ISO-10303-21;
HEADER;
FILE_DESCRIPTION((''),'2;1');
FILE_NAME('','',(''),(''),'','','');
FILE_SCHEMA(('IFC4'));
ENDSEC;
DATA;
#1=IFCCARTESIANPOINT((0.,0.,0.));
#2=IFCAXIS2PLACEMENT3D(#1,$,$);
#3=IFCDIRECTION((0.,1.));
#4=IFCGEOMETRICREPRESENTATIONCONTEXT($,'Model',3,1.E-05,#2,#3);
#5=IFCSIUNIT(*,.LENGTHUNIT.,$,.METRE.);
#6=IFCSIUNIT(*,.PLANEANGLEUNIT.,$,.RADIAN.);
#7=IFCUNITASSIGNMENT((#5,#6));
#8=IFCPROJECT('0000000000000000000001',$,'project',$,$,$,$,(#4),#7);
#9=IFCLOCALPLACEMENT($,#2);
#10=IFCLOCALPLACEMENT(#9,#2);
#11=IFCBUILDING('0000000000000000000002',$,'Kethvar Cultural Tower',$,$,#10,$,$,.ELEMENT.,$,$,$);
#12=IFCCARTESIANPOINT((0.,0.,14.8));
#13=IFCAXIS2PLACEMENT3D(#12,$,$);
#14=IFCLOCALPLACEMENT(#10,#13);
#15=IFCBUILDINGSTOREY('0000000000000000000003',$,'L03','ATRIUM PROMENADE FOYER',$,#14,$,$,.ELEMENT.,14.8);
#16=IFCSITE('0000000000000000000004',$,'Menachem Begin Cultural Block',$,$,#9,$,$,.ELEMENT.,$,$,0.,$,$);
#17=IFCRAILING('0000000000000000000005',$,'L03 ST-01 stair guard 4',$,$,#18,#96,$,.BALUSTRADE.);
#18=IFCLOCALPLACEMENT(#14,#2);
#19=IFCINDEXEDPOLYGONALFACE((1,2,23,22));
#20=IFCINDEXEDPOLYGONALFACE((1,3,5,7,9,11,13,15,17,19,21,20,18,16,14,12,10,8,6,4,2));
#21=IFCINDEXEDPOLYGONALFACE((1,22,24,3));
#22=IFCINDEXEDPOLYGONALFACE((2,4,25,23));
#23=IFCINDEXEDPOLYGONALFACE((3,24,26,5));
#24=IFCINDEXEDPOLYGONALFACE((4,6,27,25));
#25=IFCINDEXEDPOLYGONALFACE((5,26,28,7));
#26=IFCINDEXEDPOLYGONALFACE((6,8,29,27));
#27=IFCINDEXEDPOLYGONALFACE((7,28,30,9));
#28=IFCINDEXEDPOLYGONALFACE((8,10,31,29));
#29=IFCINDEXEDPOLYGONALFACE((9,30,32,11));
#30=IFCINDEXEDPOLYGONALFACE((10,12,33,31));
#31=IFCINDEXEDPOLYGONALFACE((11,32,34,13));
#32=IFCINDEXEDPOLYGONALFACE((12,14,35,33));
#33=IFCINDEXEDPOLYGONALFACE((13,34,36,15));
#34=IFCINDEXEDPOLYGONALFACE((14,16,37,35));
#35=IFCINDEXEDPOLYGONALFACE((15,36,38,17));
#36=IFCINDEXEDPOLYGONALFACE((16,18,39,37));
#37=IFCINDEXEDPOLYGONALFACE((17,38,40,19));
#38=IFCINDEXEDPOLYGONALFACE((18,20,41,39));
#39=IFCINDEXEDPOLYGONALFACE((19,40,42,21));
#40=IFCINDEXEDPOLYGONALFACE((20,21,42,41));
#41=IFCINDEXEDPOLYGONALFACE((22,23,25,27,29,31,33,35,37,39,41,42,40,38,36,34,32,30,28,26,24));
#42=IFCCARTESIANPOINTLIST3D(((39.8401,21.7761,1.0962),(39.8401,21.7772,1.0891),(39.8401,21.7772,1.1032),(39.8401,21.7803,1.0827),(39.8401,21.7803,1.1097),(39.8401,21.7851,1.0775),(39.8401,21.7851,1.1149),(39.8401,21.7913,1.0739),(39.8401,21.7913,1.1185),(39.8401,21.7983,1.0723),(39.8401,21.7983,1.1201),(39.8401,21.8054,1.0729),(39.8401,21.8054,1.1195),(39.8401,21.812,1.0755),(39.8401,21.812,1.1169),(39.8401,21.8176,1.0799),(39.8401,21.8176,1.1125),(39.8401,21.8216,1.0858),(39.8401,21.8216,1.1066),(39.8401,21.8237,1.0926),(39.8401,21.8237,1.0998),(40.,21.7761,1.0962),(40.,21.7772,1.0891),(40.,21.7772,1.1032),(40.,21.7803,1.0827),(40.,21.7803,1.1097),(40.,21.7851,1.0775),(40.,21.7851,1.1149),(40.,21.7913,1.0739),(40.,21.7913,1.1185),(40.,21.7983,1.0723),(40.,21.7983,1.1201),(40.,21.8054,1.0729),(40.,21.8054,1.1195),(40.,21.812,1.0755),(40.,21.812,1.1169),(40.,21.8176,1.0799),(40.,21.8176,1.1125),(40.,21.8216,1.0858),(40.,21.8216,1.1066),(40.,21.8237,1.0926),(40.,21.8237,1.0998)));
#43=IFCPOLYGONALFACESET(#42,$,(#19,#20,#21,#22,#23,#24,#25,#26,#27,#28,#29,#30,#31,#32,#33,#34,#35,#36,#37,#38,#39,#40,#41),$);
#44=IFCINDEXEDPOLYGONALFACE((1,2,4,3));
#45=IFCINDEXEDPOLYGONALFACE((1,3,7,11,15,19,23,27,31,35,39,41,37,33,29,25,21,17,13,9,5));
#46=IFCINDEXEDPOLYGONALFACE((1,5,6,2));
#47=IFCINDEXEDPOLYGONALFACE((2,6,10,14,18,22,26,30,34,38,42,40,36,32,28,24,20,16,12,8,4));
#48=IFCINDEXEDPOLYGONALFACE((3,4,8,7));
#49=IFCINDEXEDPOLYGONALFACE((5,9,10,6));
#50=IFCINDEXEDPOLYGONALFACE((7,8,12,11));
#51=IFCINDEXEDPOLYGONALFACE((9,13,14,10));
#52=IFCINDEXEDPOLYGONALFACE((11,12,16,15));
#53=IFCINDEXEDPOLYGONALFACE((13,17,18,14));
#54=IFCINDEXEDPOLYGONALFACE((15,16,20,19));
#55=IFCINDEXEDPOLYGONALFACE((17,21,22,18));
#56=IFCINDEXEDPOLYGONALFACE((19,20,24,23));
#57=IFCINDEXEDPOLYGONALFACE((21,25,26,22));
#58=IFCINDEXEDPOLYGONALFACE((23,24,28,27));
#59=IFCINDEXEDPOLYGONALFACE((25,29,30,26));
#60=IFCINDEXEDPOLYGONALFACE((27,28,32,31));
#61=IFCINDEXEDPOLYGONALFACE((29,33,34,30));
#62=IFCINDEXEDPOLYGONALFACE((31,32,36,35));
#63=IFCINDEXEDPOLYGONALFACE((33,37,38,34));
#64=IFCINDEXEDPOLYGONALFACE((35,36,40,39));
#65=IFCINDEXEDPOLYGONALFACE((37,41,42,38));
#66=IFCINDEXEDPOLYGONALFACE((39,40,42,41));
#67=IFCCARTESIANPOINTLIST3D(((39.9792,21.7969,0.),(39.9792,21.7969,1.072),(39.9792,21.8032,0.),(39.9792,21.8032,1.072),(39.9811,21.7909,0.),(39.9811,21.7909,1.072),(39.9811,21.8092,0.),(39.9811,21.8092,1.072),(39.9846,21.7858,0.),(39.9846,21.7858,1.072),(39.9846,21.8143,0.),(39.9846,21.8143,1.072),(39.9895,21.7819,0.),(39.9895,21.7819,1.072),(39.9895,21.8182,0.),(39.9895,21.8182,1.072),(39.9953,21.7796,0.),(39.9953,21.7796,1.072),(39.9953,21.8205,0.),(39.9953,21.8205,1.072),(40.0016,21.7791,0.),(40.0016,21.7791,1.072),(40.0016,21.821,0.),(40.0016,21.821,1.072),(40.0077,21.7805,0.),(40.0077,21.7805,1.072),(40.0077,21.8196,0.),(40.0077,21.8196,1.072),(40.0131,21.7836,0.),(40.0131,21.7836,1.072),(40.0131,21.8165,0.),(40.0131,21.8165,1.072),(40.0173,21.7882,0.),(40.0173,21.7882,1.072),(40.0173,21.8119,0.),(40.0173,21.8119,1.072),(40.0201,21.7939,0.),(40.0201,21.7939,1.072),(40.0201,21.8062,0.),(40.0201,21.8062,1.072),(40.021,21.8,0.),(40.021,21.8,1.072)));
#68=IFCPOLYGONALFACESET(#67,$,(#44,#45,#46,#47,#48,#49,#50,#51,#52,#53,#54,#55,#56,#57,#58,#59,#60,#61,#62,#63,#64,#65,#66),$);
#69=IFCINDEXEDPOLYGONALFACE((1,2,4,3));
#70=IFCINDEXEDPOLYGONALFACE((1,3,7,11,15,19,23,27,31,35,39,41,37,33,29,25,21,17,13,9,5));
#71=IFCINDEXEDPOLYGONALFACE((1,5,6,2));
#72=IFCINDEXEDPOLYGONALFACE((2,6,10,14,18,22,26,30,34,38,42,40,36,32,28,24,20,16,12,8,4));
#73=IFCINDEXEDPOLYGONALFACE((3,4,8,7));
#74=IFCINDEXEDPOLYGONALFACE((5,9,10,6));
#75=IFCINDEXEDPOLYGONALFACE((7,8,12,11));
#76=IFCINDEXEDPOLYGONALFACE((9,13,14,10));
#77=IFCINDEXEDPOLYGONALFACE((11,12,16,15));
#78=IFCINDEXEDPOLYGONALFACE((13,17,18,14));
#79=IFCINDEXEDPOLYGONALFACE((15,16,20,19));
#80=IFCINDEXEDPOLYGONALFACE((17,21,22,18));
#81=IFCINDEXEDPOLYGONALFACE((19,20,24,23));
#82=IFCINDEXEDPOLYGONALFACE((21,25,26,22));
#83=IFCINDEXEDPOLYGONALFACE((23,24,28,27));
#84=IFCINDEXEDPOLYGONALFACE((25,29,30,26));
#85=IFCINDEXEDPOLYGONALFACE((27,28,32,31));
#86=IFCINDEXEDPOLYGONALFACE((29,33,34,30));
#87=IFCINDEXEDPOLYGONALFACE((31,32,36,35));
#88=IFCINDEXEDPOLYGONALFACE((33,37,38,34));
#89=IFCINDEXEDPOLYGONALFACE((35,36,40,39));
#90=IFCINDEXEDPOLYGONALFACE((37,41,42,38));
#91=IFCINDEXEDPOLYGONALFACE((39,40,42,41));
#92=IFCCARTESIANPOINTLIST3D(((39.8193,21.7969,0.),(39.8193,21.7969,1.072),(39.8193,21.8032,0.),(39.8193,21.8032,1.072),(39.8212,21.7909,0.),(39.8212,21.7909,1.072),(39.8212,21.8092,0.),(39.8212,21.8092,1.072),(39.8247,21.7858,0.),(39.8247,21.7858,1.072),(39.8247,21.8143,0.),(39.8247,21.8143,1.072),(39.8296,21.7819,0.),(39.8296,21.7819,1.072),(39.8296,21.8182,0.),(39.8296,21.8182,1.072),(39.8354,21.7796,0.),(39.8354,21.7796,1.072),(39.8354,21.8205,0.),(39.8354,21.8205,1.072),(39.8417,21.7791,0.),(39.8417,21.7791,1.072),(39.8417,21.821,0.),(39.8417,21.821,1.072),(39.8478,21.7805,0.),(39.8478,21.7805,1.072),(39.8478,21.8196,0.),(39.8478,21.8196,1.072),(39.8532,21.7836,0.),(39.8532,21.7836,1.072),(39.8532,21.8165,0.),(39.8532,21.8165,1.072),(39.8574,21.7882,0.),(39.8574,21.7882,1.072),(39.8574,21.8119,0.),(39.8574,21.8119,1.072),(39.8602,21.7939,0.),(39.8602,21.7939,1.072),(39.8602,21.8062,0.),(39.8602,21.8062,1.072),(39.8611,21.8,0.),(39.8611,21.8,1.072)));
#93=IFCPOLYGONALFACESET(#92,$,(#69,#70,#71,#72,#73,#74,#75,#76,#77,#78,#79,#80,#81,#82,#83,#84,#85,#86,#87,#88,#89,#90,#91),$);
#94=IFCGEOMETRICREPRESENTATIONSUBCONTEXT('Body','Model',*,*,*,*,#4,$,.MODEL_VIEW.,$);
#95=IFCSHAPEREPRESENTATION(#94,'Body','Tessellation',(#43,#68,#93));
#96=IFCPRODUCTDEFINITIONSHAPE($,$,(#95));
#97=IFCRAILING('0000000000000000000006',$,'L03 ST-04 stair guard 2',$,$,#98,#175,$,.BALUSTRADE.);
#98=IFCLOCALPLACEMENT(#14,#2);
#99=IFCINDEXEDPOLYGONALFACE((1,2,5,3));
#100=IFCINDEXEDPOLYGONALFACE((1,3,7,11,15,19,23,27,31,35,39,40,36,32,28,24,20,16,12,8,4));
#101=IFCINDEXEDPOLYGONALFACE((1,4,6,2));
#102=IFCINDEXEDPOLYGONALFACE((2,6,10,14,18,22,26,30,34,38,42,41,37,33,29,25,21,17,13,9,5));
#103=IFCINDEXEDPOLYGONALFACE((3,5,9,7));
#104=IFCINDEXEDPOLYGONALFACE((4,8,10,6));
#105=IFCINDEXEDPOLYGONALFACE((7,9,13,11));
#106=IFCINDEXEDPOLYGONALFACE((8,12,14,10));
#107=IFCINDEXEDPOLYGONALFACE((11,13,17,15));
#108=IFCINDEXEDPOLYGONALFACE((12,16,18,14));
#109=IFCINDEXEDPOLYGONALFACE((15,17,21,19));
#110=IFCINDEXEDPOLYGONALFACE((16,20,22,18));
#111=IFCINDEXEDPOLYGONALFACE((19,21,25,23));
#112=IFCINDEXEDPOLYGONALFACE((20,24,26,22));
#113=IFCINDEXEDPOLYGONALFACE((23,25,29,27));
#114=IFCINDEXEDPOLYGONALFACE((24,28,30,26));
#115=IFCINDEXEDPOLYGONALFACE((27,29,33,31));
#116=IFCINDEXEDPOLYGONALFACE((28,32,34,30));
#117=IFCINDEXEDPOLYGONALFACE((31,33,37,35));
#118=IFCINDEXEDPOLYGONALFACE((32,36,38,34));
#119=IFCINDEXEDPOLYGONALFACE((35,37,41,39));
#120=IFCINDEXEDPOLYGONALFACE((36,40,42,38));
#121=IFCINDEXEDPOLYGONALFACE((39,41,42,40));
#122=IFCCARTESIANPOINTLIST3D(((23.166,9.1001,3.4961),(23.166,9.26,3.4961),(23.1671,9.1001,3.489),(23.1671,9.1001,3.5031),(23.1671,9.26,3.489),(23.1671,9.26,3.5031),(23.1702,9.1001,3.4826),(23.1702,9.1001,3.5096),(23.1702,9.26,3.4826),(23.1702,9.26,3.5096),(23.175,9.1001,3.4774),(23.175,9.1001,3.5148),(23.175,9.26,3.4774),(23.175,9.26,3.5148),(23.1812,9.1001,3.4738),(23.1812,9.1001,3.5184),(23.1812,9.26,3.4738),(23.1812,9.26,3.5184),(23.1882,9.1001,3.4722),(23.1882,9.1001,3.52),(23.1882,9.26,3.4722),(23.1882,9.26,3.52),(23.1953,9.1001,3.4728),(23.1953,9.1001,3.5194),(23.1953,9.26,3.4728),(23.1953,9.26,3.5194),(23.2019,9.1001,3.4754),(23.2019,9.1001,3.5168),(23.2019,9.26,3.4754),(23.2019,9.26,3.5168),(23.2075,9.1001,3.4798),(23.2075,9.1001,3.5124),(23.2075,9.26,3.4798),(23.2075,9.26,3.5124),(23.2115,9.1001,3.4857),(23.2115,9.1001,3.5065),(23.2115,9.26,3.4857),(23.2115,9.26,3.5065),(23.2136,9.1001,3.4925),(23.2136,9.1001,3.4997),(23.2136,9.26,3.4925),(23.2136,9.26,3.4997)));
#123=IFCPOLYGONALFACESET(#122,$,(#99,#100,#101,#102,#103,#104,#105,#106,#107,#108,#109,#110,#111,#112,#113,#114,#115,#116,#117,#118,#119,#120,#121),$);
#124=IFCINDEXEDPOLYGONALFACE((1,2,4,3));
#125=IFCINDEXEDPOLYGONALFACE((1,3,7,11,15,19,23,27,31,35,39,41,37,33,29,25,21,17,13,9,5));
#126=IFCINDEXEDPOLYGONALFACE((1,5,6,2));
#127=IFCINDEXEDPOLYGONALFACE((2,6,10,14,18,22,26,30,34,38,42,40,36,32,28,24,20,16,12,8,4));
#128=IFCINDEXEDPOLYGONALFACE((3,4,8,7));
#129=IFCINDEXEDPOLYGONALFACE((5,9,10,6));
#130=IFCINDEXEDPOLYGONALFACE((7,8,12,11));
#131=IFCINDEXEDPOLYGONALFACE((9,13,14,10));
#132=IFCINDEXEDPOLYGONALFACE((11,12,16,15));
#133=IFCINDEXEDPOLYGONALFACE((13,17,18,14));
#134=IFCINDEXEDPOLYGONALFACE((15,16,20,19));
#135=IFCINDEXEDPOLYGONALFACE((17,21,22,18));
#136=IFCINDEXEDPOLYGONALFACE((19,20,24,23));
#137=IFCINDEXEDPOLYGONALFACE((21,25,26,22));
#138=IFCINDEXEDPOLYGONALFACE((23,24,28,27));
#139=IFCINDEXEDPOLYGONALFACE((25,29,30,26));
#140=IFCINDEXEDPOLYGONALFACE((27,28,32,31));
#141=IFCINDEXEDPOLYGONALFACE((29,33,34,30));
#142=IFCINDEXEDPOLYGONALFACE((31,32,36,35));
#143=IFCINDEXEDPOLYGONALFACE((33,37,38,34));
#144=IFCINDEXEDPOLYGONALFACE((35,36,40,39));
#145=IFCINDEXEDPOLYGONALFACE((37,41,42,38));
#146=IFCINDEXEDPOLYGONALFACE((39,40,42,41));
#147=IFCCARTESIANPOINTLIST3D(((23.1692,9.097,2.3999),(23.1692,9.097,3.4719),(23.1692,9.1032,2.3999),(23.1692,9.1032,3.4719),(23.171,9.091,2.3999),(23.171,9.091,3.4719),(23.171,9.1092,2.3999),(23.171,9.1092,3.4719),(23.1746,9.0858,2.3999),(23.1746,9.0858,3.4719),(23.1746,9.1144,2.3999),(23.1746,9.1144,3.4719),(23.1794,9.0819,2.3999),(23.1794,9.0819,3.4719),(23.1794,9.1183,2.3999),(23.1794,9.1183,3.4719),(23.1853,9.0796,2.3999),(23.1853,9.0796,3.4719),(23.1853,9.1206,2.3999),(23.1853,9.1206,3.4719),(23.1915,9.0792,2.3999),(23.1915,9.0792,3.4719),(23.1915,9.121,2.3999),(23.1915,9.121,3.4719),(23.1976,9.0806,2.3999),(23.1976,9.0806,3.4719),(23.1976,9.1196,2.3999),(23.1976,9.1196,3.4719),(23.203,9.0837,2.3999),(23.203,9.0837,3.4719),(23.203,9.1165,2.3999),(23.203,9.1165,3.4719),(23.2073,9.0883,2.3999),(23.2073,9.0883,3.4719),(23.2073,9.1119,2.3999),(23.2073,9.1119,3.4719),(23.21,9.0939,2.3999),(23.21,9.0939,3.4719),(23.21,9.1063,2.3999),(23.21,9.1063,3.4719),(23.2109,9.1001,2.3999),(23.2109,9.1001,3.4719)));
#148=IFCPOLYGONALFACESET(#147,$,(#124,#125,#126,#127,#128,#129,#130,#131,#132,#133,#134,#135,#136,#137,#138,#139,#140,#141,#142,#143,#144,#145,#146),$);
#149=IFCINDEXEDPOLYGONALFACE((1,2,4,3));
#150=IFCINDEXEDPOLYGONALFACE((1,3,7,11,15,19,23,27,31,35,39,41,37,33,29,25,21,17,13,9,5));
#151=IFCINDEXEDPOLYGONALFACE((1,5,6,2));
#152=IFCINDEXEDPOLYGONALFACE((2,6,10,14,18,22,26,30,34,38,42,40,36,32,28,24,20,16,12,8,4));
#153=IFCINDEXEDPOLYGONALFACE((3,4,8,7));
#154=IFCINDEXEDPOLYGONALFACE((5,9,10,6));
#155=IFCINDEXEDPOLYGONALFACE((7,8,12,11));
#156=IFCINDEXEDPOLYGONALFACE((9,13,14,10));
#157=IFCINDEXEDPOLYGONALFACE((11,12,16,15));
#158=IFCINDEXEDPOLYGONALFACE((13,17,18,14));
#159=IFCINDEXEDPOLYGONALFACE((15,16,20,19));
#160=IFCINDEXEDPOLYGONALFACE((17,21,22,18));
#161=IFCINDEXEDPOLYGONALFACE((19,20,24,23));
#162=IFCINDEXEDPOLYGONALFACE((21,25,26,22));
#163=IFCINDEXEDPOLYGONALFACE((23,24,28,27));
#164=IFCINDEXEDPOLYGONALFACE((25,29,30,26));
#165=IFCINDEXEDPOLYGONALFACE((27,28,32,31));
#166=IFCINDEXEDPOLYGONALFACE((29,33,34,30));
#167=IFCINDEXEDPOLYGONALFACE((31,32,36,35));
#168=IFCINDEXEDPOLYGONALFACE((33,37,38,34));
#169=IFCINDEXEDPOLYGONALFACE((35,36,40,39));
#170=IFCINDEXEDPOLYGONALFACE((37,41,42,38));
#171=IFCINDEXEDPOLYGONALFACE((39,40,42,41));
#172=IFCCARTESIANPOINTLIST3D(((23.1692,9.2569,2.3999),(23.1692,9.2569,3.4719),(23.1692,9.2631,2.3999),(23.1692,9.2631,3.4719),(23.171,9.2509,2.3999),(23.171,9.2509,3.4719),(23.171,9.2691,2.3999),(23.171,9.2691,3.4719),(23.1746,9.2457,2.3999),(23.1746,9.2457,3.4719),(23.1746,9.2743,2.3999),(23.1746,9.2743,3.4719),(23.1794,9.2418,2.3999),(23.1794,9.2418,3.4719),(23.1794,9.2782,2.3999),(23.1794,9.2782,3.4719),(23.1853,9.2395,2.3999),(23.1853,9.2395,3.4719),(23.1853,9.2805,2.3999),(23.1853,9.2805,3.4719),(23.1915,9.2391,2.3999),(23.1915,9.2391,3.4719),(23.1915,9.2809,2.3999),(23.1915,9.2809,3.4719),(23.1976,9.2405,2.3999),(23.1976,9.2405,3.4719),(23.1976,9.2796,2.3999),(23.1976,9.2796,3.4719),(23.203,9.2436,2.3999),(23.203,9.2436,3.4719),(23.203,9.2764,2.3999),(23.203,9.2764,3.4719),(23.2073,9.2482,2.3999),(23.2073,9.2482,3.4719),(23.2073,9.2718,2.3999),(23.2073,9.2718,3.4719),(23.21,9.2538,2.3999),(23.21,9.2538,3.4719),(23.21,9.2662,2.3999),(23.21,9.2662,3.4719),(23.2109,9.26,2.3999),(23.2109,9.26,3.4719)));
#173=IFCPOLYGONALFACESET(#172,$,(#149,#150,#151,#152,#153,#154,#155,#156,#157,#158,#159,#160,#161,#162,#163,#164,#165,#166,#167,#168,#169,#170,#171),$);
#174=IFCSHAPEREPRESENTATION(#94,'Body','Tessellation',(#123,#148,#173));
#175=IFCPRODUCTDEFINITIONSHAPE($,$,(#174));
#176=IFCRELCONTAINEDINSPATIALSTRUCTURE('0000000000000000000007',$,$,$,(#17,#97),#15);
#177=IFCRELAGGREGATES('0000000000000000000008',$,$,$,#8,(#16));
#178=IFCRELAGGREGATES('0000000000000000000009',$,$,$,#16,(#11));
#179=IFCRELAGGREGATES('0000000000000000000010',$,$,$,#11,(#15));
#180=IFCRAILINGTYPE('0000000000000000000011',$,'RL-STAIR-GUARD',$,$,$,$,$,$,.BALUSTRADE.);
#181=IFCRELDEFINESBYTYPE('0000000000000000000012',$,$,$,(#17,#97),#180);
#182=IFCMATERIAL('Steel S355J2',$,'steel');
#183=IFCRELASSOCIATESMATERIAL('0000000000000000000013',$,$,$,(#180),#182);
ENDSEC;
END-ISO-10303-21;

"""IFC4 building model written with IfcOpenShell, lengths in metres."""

from ifc_helpers import new_model, si_unit, direction, frame, origin, origin_2d, place, context, subcontext, project, spatial, circle, extrude, material, type_object, element, save


model = new_model("IFC4")

# Units and contexts
model_context = context("Model", 3, precision=1e-05, world=origin(), true_north=direction((0.0, 1.0)))
body_context = subcontext(model_context, "Body", "Model", "MODEL_VIEW")
ifc_project = project(units=[si_unit("LENGTHUNIT", "METRE"), si_unit("PLANEANGLEUNIT", "RADIAN")], contexts=[model_context])

# Site, building, storey
site_placement = place(None, origin())
site = spatial("IfcSite", under=ifc_project, at=site_placement, Name="Menachem Begin Cultural Block", CompositionType="ELEMENT", RefElevation=0.0)
building_placement = place(site_placement, origin())
building = spatial("IfcBuilding", under=site, at=building_placement, Name="Kethvar Cultural Tower", CompositionType="ELEMENT")
storey_placement = place(building_placement, frame((0.0, 0.0, 14.8)))
storey = spatial("IfcBuildingStorey", under=building, at=storey_placement, Name="L03", Description="ATRIUM PROMENADE FOYER", CompositionType="ELEMENT", Elevation=14.8)

# Shared definitions
ifc_material_1 = material(Name="Steel S355J2", Category="steel")

# Railings
railing_type_1 = type_object("IfcRailingType", Name="RL-STAIR-GUARD", PredefinedType="BALUSTRADE", material=ifc_material_1)
railing_1_placement = place(storey_placement, frame((40.0, 21.8, 0.0)))
element("IfcRailing", 1, at=railing_1_placement, inside=storey, type_object=railing_type_1, Name="L03 ST-01 stair guard 4", PredefinedType="BALUSTRADE", context=body_context, shape_type="SweptSolid", body=[
    extrude(circle(Radius=0.0239, at=origin_2d()), frame((0.0, 0.0, 1.0962), z_axis=(-1.0, 0.0, 0.0), x_axis=(0.0, -1.0, 0.0)), (0.0, 0.0, 1.0), 0.1599),
    extrude(circle(Radius=0.021, at=origin_2d()), origin(), (0.0, 0.0, 1.0), 1.072),
    extrude(circle(Radius=0.021, at=origin_2d()), frame((-0.1599, 0.0, 0.0)), (0.0, 0.0, 1.0), 1.072),
])
railing_2_placement = place(storey_placement, frame((23.1899, 9.1001, 2.3999)))
element("IfcRailing", 2, at=railing_2_placement, inside=storey, type_object=railing_type_1, Name="L03 ST-04 stair guard 2", PredefinedType="BALUSTRADE", context=body_context, shape_type="SweptSolid", body=[
    extrude(circle(Radius=0.0239, at=origin_2d()), frame((0.0, 0.0, 1.0962), z_axis=(0.0, 1.0, 0.0), x_axis=(-1.0, 0.0, 0.0)), (0.0, 0.0, 1.0), 0.1599),
    extrude(circle(Radius=0.021, at=origin_2d()), origin(), (0.0, 0.0, 1.0), 1.072),
    extrude(circle(Radius=0.021, at=origin_2d()), frame((0.0, 0.1599, 0.0)), (0.0, 0.0, 1.0), 1.072),
])

save(model, "model.ifc")
